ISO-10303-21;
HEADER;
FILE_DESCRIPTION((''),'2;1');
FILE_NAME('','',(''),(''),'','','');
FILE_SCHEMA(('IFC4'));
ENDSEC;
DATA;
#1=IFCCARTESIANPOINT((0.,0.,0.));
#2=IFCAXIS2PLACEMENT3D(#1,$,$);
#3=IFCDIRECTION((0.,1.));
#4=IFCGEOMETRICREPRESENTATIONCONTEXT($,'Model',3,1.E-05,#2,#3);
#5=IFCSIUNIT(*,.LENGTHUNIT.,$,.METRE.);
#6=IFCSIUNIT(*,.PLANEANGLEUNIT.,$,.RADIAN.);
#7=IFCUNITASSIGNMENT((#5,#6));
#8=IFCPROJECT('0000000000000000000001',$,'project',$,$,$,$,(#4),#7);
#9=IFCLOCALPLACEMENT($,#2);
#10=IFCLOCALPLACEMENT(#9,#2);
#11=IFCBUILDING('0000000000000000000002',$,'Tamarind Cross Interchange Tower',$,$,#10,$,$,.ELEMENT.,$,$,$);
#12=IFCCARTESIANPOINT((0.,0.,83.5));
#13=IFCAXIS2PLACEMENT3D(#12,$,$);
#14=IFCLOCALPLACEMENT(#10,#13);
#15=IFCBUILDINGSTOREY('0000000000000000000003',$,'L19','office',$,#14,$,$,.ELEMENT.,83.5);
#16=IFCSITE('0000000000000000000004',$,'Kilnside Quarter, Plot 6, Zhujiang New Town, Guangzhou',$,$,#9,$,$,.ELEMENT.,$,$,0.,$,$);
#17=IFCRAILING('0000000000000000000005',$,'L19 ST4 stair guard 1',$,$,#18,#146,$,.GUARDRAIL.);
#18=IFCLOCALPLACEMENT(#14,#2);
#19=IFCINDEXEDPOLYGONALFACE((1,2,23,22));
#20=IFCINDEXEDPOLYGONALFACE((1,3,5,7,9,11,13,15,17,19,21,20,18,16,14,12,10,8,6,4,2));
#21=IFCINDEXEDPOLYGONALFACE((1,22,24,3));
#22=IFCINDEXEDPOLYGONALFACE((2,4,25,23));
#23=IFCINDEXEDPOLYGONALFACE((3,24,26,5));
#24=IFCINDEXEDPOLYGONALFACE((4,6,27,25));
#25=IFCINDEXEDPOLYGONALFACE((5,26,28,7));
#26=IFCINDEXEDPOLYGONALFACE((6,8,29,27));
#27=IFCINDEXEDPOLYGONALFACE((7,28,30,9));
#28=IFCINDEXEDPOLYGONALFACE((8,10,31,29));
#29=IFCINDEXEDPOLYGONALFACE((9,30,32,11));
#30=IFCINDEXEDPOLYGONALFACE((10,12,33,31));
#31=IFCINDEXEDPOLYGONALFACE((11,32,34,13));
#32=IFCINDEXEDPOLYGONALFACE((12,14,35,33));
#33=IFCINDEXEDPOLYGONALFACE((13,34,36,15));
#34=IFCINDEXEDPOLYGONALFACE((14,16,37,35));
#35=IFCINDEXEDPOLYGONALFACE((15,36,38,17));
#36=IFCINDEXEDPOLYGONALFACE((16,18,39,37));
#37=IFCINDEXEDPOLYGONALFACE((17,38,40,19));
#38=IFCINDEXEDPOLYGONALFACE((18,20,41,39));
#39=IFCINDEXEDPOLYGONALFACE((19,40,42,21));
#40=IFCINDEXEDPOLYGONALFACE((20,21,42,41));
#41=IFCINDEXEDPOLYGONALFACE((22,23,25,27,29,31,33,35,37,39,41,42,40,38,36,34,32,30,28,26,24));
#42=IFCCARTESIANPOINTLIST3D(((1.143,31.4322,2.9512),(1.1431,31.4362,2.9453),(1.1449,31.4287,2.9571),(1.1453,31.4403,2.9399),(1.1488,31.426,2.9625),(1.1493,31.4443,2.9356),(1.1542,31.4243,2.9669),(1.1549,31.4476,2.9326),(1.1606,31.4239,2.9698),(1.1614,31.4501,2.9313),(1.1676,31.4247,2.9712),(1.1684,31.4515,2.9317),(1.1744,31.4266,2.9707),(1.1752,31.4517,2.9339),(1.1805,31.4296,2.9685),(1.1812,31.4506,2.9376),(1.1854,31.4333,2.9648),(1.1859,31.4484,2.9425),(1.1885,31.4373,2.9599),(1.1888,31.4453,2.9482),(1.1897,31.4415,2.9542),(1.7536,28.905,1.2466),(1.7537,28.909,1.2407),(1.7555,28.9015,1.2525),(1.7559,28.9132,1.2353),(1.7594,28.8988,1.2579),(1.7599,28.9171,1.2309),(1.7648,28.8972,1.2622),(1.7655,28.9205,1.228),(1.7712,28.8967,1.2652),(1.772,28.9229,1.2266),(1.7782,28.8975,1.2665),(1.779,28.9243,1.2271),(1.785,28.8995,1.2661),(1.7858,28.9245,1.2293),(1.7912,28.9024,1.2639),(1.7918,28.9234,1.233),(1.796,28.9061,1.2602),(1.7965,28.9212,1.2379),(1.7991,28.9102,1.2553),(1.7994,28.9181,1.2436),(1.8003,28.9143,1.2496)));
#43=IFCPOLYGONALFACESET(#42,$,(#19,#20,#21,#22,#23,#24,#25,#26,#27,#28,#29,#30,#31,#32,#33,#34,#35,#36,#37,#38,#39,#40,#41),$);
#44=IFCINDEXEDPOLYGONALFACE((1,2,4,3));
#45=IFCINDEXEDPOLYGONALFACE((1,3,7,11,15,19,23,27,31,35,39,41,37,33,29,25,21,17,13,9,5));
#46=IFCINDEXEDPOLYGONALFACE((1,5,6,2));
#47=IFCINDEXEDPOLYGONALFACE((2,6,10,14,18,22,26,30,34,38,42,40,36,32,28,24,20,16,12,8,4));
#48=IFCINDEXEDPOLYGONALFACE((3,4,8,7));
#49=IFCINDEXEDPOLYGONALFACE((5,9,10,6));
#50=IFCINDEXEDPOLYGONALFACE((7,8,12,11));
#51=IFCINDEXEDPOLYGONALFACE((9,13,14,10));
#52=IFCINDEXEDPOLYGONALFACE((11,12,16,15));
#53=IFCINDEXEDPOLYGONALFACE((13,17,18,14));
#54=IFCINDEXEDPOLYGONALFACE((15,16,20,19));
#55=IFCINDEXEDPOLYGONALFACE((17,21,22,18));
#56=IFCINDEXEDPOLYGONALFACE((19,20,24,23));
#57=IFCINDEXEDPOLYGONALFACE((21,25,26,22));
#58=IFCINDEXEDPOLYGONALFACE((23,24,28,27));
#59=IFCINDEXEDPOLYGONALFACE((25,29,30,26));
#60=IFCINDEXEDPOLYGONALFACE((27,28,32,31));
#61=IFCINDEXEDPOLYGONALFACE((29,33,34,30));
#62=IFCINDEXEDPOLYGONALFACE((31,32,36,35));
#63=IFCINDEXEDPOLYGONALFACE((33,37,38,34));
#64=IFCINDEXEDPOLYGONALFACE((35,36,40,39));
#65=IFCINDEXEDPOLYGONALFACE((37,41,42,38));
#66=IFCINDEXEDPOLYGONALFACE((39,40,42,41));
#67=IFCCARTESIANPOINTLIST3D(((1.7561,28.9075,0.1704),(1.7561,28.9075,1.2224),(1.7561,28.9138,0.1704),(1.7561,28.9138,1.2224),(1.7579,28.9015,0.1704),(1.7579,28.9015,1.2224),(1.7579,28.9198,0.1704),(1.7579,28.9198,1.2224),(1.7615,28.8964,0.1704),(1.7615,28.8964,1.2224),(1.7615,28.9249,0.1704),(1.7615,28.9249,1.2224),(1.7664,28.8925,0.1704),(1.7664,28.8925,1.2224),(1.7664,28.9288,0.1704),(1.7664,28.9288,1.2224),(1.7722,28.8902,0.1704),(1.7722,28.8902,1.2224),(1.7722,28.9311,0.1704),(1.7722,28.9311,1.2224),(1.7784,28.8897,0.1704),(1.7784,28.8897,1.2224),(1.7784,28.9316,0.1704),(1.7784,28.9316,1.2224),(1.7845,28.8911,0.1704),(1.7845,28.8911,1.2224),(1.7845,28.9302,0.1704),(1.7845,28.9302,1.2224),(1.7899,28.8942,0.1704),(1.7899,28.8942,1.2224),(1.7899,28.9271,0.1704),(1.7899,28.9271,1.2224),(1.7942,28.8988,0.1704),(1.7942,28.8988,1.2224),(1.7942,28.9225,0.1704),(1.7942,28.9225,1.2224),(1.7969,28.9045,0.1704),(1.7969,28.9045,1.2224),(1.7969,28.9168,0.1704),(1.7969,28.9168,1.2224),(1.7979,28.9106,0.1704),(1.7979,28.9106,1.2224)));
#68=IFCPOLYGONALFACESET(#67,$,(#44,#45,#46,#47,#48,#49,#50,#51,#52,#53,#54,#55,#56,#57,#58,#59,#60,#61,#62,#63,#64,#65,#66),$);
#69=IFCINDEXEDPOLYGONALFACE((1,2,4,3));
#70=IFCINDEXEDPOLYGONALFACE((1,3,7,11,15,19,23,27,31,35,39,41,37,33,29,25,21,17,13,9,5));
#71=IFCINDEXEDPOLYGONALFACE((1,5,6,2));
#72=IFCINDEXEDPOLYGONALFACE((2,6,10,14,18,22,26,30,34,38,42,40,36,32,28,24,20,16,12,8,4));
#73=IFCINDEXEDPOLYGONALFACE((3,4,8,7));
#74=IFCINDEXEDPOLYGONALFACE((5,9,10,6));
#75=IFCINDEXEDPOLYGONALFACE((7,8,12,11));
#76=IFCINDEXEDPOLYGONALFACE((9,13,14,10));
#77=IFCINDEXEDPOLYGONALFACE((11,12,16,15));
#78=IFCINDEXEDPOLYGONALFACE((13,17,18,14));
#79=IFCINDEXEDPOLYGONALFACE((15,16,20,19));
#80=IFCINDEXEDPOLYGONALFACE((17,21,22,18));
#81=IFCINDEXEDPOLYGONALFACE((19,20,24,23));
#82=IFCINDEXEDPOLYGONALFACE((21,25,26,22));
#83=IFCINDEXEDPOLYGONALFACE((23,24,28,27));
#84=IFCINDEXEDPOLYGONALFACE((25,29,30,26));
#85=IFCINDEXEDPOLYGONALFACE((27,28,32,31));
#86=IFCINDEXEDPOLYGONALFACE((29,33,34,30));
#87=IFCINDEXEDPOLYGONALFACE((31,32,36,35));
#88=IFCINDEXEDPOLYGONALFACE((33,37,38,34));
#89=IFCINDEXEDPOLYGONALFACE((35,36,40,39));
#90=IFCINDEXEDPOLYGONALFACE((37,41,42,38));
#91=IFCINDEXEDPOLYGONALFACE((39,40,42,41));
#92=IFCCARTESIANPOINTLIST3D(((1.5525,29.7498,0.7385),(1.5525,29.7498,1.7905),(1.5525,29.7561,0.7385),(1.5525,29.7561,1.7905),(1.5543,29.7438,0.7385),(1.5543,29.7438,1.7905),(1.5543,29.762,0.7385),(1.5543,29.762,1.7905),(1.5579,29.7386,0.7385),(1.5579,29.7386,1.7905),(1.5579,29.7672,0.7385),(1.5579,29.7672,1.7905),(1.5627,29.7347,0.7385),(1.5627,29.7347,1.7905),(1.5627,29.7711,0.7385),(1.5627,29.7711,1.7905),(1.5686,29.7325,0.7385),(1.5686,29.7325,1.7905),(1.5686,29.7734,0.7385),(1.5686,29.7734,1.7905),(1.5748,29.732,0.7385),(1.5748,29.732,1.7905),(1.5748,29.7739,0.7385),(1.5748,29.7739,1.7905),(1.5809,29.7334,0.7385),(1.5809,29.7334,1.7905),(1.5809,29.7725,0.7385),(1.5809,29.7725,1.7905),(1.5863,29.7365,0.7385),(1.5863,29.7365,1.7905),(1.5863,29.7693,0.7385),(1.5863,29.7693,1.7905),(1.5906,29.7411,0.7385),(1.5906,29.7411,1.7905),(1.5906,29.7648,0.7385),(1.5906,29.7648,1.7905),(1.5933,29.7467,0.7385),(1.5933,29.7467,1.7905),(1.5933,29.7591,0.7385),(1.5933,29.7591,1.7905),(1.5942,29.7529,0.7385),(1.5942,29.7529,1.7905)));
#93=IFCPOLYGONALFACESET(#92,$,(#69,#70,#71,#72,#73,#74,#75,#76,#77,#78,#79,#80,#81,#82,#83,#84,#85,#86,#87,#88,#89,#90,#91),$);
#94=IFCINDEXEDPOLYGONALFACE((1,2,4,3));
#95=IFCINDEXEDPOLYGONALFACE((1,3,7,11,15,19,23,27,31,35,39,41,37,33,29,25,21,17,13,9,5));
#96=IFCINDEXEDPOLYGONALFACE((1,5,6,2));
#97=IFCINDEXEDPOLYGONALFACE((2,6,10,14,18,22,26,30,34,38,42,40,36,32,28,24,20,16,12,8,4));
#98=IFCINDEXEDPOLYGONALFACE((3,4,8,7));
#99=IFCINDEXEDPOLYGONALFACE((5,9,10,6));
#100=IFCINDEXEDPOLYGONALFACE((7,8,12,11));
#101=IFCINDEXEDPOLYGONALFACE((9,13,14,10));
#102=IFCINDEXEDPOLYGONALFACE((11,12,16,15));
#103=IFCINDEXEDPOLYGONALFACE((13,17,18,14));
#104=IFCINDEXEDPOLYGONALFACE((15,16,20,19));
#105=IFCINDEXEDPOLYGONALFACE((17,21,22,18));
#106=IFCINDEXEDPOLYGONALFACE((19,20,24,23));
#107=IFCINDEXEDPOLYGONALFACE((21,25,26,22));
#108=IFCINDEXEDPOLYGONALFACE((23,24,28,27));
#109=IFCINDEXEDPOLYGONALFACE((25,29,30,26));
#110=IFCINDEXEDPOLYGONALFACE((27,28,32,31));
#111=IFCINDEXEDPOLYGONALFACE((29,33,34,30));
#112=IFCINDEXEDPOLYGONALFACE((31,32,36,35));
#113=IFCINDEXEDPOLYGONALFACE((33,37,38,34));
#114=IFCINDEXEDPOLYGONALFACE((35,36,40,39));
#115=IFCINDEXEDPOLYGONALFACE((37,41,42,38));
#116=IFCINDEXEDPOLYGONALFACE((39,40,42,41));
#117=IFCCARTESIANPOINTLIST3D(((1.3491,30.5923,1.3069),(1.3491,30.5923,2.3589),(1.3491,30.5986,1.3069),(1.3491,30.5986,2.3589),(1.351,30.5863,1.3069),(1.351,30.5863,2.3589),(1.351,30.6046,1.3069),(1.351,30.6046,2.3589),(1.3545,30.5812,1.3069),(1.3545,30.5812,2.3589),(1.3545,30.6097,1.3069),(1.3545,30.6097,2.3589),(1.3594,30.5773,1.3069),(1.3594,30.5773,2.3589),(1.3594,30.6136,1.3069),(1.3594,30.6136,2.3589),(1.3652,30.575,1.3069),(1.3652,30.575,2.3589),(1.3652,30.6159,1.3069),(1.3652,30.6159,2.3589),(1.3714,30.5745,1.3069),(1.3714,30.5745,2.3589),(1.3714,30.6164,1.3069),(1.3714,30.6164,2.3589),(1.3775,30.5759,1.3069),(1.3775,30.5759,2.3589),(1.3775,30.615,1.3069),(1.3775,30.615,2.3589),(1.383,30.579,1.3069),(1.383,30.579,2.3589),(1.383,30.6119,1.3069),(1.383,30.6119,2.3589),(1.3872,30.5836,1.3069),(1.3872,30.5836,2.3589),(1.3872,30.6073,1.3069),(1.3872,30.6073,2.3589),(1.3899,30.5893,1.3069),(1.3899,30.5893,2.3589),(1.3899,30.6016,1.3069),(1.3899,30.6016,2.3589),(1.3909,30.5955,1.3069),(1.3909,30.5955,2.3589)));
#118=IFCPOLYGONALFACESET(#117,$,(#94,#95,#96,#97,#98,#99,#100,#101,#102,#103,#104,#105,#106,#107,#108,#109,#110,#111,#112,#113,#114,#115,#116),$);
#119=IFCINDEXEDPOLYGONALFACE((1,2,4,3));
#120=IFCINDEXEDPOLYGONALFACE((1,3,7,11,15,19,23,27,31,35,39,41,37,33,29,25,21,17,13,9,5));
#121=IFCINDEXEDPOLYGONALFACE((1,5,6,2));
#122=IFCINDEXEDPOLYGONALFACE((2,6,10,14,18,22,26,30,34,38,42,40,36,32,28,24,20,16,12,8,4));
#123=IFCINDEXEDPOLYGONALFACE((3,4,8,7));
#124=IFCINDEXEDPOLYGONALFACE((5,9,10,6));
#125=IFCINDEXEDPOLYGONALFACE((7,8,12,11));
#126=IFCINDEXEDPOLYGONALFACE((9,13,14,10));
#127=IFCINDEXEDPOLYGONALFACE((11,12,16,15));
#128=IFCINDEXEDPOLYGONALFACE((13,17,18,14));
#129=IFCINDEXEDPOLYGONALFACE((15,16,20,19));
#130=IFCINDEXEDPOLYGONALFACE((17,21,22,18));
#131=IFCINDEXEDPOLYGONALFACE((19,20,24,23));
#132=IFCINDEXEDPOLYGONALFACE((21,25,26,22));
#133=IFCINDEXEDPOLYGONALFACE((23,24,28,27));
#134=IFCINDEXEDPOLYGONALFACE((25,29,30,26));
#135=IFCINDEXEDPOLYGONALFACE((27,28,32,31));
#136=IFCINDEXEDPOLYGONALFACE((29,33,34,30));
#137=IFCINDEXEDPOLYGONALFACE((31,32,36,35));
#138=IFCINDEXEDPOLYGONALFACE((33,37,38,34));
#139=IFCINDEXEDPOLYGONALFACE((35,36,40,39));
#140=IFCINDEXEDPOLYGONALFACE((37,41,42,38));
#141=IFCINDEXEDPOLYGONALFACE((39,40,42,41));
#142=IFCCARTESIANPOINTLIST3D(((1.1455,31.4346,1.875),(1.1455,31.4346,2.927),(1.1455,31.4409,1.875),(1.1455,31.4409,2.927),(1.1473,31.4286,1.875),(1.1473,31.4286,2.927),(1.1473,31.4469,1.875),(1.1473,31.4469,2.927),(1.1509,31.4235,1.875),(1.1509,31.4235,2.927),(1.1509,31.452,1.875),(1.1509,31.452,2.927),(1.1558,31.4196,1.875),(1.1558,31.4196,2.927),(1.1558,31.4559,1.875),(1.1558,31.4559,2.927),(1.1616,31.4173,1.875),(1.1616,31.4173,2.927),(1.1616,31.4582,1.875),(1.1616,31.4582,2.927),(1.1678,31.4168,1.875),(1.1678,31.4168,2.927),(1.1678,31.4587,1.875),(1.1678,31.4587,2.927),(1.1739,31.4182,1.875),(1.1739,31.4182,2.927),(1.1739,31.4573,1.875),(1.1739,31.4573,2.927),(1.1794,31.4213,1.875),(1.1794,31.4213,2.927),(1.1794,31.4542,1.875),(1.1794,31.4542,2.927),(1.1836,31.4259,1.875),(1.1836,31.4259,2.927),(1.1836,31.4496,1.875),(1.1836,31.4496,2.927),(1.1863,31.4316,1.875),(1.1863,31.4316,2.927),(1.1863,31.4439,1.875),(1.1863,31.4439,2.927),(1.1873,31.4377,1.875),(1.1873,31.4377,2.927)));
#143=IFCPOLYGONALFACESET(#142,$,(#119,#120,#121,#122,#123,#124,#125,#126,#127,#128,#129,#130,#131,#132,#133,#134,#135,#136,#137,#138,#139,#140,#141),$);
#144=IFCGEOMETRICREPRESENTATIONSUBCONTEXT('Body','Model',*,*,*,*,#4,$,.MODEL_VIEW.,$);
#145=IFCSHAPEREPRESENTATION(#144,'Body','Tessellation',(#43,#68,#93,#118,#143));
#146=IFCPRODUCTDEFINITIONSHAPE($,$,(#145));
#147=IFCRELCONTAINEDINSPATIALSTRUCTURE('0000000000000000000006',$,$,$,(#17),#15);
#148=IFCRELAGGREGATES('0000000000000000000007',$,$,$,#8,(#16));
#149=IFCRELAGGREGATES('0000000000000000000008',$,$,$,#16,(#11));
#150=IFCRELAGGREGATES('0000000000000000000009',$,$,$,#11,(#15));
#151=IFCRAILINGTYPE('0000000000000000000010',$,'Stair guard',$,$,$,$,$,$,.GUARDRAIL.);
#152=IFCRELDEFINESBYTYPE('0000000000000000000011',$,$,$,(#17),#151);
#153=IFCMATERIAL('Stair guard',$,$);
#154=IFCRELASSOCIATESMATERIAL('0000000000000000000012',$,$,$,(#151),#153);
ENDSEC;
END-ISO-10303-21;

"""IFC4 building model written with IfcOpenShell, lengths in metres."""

from ifc_helpers import new_model, si_unit, direction, frame, origin, origin_2d, place, context, subcontext, project, spatial, circle, extrude, material, type_object, element, save


model = new_model("IFC4")

# Units and contexts
model_context = context("Model", 3, precision=1e-05, world=origin(), true_north=direction((0.0, 1.0)))
body_context = subcontext(model_context, "Body", "Model", "MODEL_VIEW")
ifc_project = project(units=[si_unit("LENGTHUNIT", "METRE"), si_unit("PLANEANGLEUNIT", "RADIAN")], contexts=[model_context])

# Site, building, storey
site_placement = place(None, origin())
site = spatial("IfcSite", under=ifc_project, at=site_placement, Name="Kilnside Quarter, Plot 6, Zhujiang New Town, Guangzhou", CompositionType="ELEMENT", RefElevation=0.0)
building_placement = place(site_placement, origin())
building = spatial("IfcBuilding", under=site, at=building_placement, Name="Tamarind Cross Interchange Tower", CompositionType="ELEMENT")
storey_placement = place(building_placement, frame((0.0, 0.0, 83.5)))
storey = spatial("IfcBuildingStorey", under=building, at=storey_placement, Name="L19", Description="office", CompositionType="ELEMENT", Elevation=83.5)

# Railing
ifc_material_1 = material(Name="Stair guard")
railing_type_1 = type_object("IfcRailingType", Name="Stair guard", PredefinedType="GUARDRAIL", material=ifc_material_1)
railing_1_placement = place(storey_placement, frame((1.7769, 28.9106, 0.1704)))
element("IfcRailing", 1, at=railing_1_placement, inside=storey, type_object=railing_type_1, Name="L19 ST4 stair guard 1", PredefinedType="GUARDRAIL", context=body_context, shape_type="SweptSolid", body=[
    extrude(circle(Radius=0.0239, at=origin_2d()), frame((0.0, 0.0, 1.0762), z_axis=(-0.196408, 0.812884, 0.54831), x_axis=(-0.972029, -0.234861, 0.0)), (0.0, 0.0, 1.0), 3.1089),
    extrude(circle(Radius=0.021, at=origin_2d()), origin(), (0.0, 0.0, 1.0), 1.052),
    extrude(circle(Radius=0.021, at=origin_2d()), frame((-0.2036, 0.8423, 0.5681)), (0.0, 0.0, 1.0), 1.052),
    extrude(circle(Radius=0.021, at=origin_2d()), frame((-0.407, 1.6848, 1.1365)), (0.0, 0.0, 1.0), 1.052),
    extrude(circle(Radius=0.021, at=origin_2d()), frame((-0.6106, 2.5271, 1.7046)), (0.0, 0.0, 1.0), 1.052),
])

save(model, "model.ifc")
